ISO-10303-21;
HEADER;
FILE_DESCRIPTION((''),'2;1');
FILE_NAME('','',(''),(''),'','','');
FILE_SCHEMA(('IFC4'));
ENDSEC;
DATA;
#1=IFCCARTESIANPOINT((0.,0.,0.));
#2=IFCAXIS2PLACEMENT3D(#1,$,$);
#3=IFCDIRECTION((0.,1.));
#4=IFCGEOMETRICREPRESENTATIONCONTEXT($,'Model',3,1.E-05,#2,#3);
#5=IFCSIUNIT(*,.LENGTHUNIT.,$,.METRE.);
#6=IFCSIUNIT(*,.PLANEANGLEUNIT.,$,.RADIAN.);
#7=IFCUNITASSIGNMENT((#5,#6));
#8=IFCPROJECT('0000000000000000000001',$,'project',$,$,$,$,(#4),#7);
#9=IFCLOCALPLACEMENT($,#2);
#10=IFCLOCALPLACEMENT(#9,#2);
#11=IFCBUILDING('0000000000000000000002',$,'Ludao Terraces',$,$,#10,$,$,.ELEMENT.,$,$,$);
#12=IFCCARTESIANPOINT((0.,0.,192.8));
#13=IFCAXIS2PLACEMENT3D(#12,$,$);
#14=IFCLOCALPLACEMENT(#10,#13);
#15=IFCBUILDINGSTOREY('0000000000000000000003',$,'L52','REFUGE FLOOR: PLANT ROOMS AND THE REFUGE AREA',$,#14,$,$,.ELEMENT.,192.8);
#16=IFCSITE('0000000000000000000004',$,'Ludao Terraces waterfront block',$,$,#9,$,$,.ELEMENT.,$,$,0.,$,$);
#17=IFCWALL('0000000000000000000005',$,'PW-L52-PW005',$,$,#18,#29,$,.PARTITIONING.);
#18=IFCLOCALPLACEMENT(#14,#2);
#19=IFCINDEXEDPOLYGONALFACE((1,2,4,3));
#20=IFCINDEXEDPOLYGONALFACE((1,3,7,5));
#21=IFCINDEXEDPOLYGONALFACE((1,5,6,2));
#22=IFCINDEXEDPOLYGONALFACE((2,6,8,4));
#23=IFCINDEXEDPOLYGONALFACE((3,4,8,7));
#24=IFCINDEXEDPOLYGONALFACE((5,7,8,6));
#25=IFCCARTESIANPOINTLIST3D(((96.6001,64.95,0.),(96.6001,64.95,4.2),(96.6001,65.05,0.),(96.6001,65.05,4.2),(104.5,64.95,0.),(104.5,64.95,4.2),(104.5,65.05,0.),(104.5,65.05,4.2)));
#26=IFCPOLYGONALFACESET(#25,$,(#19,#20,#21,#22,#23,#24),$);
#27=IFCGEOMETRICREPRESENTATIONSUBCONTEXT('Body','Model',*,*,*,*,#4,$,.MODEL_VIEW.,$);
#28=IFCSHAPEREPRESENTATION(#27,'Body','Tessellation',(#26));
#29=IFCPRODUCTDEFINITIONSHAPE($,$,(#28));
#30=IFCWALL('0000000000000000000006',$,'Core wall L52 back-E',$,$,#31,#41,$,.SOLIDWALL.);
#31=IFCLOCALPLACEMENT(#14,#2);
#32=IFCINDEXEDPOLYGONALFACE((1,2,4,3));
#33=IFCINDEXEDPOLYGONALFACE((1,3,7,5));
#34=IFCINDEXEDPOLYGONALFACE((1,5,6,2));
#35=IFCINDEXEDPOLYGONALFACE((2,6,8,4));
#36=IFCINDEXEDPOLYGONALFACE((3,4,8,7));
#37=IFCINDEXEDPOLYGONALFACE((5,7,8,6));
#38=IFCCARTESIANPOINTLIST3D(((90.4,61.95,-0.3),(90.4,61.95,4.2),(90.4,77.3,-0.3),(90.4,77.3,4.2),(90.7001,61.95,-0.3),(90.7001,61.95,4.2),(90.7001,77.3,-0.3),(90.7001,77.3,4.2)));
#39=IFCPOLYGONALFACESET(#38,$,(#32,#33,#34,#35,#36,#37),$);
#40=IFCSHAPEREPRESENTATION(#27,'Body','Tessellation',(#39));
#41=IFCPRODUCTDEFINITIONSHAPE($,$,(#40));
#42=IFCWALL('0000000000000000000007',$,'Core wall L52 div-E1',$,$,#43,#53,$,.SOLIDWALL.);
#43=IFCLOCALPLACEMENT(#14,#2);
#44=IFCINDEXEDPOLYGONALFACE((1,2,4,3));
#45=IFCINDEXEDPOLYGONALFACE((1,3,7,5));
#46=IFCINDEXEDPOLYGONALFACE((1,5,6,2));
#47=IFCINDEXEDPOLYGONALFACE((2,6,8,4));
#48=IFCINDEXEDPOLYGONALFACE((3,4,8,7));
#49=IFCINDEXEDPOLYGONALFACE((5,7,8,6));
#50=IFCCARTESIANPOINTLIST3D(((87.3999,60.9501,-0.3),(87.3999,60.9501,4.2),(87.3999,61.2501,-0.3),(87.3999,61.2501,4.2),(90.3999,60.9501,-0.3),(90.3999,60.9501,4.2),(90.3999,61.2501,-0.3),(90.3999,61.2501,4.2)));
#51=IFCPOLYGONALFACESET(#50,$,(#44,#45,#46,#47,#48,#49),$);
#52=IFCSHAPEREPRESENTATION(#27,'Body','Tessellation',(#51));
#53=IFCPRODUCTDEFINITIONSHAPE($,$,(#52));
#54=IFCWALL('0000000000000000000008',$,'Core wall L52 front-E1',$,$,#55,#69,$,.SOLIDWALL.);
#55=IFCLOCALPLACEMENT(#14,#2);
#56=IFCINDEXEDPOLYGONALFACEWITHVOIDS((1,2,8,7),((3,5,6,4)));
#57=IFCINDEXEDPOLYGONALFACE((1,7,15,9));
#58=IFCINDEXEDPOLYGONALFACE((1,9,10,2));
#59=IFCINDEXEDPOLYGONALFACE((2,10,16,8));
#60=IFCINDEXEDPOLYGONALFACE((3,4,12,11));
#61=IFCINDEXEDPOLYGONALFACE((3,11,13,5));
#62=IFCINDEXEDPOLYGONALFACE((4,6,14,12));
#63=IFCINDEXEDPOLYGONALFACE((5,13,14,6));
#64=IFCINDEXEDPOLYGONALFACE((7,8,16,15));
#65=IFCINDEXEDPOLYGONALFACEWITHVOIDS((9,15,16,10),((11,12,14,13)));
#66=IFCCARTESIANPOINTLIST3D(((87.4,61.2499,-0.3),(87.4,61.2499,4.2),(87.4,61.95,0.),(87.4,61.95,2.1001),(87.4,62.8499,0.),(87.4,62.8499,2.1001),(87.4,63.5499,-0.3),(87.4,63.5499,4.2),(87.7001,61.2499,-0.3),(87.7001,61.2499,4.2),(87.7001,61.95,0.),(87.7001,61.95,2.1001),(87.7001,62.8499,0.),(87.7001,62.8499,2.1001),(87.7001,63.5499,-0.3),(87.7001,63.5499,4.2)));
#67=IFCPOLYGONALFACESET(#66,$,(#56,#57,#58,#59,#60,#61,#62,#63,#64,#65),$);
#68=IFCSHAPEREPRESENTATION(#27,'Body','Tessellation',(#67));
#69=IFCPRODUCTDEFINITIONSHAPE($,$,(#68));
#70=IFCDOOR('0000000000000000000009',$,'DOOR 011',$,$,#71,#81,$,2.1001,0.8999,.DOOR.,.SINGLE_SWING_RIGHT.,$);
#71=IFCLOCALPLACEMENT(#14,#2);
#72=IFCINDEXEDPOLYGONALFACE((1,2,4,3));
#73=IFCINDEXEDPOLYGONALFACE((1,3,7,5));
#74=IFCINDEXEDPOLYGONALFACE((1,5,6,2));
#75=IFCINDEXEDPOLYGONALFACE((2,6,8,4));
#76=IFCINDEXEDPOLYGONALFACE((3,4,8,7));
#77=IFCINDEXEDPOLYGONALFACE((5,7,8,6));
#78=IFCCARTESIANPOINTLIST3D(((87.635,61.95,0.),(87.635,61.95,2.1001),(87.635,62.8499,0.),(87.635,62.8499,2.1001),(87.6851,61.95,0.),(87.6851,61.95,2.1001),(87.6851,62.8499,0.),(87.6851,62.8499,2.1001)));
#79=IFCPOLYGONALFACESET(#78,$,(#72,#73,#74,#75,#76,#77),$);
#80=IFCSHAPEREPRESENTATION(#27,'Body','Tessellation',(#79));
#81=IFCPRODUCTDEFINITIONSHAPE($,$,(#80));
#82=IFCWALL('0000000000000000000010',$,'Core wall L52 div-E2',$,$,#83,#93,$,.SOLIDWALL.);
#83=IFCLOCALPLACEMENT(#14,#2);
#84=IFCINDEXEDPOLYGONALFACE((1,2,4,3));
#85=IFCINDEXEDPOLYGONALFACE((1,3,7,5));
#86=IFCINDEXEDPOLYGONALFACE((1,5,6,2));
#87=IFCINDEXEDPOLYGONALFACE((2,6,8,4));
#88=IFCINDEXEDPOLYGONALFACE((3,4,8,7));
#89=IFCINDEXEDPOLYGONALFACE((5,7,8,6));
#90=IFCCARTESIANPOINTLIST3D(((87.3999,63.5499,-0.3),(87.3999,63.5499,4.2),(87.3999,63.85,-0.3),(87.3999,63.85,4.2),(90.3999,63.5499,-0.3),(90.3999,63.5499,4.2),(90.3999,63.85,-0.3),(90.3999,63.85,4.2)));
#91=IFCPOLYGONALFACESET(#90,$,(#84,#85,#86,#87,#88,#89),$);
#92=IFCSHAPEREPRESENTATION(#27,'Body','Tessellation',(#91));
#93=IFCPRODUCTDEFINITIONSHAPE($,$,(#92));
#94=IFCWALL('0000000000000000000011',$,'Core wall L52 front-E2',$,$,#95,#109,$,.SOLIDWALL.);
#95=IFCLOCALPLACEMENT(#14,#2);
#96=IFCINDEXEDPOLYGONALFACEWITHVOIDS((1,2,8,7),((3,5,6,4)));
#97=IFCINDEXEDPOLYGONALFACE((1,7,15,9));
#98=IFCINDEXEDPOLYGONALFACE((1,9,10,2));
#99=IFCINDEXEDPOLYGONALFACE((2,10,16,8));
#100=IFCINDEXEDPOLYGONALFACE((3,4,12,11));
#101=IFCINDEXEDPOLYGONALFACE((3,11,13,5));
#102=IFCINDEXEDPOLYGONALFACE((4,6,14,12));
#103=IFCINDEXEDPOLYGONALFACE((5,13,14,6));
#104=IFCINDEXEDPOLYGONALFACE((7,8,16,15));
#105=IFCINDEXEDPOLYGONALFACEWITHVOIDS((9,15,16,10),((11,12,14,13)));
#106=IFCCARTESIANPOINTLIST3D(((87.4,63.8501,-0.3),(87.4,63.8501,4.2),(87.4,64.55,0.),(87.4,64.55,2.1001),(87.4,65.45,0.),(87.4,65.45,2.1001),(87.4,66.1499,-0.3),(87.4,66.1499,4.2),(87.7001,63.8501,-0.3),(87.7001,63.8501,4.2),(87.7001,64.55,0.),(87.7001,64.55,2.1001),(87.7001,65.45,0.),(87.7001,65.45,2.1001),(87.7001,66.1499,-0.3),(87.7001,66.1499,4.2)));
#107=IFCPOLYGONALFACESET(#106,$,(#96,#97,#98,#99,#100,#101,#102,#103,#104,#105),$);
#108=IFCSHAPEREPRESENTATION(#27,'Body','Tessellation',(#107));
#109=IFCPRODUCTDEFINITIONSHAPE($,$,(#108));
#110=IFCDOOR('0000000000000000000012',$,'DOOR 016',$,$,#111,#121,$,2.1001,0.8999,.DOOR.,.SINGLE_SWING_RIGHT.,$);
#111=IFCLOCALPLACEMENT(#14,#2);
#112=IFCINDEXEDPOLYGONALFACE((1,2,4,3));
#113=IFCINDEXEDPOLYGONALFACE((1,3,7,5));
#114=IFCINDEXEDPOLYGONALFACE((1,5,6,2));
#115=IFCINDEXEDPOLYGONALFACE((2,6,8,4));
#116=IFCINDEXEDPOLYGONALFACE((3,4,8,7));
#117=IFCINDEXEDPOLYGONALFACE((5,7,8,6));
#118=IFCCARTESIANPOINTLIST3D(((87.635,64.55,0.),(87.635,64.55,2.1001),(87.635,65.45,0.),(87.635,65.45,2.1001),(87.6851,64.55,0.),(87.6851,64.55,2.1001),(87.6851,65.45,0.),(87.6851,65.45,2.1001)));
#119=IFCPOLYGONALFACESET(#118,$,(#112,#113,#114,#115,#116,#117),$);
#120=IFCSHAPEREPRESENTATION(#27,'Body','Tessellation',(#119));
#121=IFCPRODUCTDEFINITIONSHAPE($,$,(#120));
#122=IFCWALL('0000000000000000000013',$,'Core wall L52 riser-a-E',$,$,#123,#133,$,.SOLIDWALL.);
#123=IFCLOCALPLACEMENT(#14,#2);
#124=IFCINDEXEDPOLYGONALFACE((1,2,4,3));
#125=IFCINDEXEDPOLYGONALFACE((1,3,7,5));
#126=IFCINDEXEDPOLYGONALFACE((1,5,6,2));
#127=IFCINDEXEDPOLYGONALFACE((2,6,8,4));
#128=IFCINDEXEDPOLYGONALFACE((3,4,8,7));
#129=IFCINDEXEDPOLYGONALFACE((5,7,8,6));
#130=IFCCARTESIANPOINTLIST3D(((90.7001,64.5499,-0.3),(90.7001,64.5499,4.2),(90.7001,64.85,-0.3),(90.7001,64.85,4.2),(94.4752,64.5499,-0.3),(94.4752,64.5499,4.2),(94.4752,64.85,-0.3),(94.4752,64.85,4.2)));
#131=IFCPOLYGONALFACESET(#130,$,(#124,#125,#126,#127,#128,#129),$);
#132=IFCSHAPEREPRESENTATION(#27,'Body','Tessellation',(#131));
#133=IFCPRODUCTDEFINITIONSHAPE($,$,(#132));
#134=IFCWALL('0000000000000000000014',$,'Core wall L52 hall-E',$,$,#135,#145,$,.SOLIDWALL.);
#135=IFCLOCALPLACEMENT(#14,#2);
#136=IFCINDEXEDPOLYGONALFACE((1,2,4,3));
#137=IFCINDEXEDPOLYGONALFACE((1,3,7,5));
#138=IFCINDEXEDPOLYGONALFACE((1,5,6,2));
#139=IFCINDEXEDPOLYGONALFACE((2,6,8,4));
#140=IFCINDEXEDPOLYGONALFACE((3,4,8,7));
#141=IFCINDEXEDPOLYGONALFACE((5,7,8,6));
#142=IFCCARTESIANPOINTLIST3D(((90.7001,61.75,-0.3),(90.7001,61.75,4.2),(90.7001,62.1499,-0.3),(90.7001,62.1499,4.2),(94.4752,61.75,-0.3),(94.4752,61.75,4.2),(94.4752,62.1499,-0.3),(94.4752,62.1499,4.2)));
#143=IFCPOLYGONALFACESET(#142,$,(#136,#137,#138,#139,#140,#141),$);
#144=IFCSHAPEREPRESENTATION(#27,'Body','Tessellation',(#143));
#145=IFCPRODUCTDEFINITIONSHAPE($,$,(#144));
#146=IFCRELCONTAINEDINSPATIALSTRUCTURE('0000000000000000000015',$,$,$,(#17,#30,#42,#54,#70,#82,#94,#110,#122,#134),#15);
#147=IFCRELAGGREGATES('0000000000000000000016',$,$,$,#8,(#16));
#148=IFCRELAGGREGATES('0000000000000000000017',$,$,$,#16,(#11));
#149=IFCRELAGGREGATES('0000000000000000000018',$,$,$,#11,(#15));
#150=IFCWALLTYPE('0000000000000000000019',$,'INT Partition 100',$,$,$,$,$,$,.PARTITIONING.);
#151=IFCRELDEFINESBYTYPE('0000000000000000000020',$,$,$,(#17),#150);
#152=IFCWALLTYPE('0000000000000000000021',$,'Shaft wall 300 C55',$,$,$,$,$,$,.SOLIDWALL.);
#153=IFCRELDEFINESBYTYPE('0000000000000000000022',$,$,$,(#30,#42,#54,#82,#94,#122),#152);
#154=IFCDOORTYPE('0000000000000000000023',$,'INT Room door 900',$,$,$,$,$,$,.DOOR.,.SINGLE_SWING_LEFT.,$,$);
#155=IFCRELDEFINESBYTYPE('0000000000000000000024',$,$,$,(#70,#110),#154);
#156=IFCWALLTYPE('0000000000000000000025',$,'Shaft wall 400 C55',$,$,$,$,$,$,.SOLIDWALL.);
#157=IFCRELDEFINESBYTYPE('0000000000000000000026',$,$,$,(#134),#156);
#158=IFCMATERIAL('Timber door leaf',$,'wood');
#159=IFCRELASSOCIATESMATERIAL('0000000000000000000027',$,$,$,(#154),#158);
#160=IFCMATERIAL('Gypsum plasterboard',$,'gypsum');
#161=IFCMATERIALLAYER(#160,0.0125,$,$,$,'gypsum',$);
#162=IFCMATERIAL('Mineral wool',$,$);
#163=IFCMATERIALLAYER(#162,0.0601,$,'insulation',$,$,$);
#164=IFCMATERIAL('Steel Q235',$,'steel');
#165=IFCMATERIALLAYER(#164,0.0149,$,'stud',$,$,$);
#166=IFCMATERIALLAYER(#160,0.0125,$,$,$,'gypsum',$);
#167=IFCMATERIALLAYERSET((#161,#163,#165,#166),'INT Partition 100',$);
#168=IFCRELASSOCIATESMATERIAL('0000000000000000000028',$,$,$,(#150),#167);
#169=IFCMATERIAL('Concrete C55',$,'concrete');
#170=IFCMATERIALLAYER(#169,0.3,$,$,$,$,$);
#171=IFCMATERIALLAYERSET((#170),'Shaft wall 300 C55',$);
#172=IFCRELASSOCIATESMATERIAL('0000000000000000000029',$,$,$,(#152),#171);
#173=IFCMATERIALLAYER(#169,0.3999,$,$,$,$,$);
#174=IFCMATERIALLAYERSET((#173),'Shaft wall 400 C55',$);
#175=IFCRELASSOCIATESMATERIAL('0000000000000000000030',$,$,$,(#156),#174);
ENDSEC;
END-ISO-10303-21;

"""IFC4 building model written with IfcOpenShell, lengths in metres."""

from ifc_helpers import new_model, si_unit, direction, frame, frame_2d, origin, place, context, subcontext, project, spatial, rectangle, extrude, material, layer, layer_set, type_object, element, fill, save


model = new_model("IFC4")

# Units and contexts
model_context = context("Model", 3, precision=1e-05, world=origin(), true_north=direction((0.0, 1.0)))
body_context = subcontext(model_context, "Body", "Model", "MODEL_VIEW")
ifc_project = project(units=[si_unit("LENGTHUNIT", "METRE"), si_unit("PLANEANGLEUNIT", "RADIAN")], contexts=[model_context])

# Site, building, storey
site_placement = place(None, origin())
site = spatial("IfcSite", under=ifc_project, at=site_placement, Name="Ludao Terraces waterfront block", CompositionType="ELEMENT", RefElevation=0.0)
building_placement = place(site_placement, origin())
building = spatial("IfcBuilding", under=site, at=building_placement, Name="Ludao Terraces", CompositionType="ELEMENT")
storey_placement = place(building_placement, frame((0.0, 0.0, 192.8)))
storey = spatial("IfcBuildingStorey", under=building, at=storey_placement, Name="L52", Description="REFUGE FLOOR: PLANT ROOMS AND THE REFUGE AREA", CompositionType="ELEMENT", Elevation=192.8)

# Shared definitions
ifc_material_1 = material(Name="Steel Q235", Category="steel")
ifc_material_2 = material(Name="Timber door leaf", Category="wood")
door_type_1 = type_object("IfcDoorType", Name="INT Room door 900", OperationType="SINGLE_SWING_LEFT", PredefinedType="DOOR", material=ifc_material_2)

# Walls
ifc_material_3 = material(Name="Gypsum plasterboard", Category="gypsum")
ifc_layer_1 = layer(ifc_material_3, 0.0125, Category="gypsum")
ifc_material_4 = material(Name="Mineral wool")
ifc_layer_2 = layer(ifc_material_4, 0.0601, Name="insulation")
ifc_layer_3 = layer(ifc_material_1, 0.0149, Name="stud")
ifc_layer_4 = layer(ifc_material_3, 0.0125, Category="gypsum")
ifc_layer_set_1 = layer_set([ifc_layer_1, ifc_layer_2, ifc_layer_3, ifc_layer_4], Name="INT Partition 100")
wall_type_1 = type_object("IfcWallType", Name="INT Partition 100", PredefinedType="PARTITIONING", material=ifc_layer_set_1)
for number, where, z_axis, x_axis, name in (
    (1, (96.6001, 65.0, 0.0), (0.0, 0.0, 1.0), (1.0, 0.0, 0.0), "PW-L52-PW005"),
):
    element("IfcWall", number, at=place(storey_placement, frame(where, z_axis=z_axis, x_axis=x_axis)), inside=storey, type_object=wall_type_1, Name=name, PredefinedType="PARTITIONING", context=body_context, shape_type="SweptSolid", body=[
        extrude(rectangle(XDim=7.8999, YDim=0.1001, at=frame_2d((3.95, 0.0))), origin(), (0.0, 0.0, 1.0), 4.2),
    ])
ifc_material_5 = material(Name="Concrete C55", Category="concrete")
ifc_layer_5 = layer(ifc_material_5, 0.3)
ifc_layer_set_2 = layer_set([ifc_layer_5], Name="Shaft wall 300 C55")
wall_type_2 = type_object("IfcWallType", Name="Shaft wall 300 C55", PredefinedType="SOLIDWALL", material=ifc_layer_set_2)
wall_1_placement = place(storey_placement, frame((90.55, 61.95, -0.3), z_axis=(0.0, 0.0, 1.0), x_axis=(0.0, 1.0, 0.0)))
element("IfcWall", 2, at=wall_1_placement, inside=storey, type_object=wall_type_2, Name="Core wall L52 back-E", PredefinedType="SOLIDWALL", context=body_context, shape_type="SweptSolid", body=[
    extrude(rectangle(XDim=15.3501, YDim=0.3, at=frame_2d((7.675, 0.0))), origin(), (0.0, 0.0, 1.0), 4.5),
])
wall_2_placement = place(storey_placement, frame((87.3999, 61.1001, -0.3), z_axis=(0.0, 0.0, 1.0), x_axis=(1.0, 0.0, 0.0)))
element("IfcWall", 3, at=wall_2_placement, inside=storey, type_object=wall_type_2, Name="Core wall L52 div-E1", PredefinedType="SOLIDWALL", context=body_context, shape_type="SweptSolid", body=[
    extrude(rectangle(XDim=3.0, YDim=0.3, at=frame_2d((1.5, 0.0))), origin(), (0.0, 0.0, 1.0), 4.5),
])

# Wall, opening, door
wall_3_placement = place(storey_placement, frame((87.55, 61.25, -0.3), z_axis=(0.0, 0.0, 1.0), x_axis=(0.0, 1.0, 0.0)))
wall_3 = element("IfcWall", 4, at=wall_3_placement, inside=storey, type_object=wall_type_2, Name="Core wall L52 front-E1", PredefinedType="SOLIDWALL", context=body_context, shape_type="SweptSolid", body=[
    extrude(rectangle(XDim=2.3, YDim=0.3, at=frame_2d((1.1499, 0.0))), origin(), (0.0, 0.0, 1.0), 4.5),
])
opening_1_placement = place(wall_3_placement, frame((0.7, 0.0, 0.3)))
opening_1 = element("IfcOpeningElement", 5, at=opening_1_placement, cuts=wall_3, PredefinedType="OPENING", context=body_context, shape_type="SweptSolid", body=[
    extrude(rectangle(XDim=0.8999, YDim=2.1001, at=frame_2d((0.45, 1.05))), frame((0.0, 0.1602, 0.0), z_axis=(0.0, -1.0, 0.0), x_axis=(1.0, 0.0, 0.0)), (0.0, 0.0, 1.0), 0.3201),
])
door_1_placement = place(opening_1_placement, origin())
door_1 = element("IfcDoor", 6, at=door_1_placement, inside=storey, type_object=door_type_1, Name="DOOR 011", OperationType="SINGLE_SWING_RIGHT", OverallHeight=2.1001, OverallWidth=0.8999, PredefinedType="DOOR", context=body_context, shape_type="SweptSolid", body=[
    extrude(rectangle(XDim=0.8999, YDim=2.1001, at=frame_2d((0.45, 1.05))), frame((0.0, -0.085, 0.0), z_axis=(0.0, -1.0, 0.0), x_axis=(1.0, 0.0, 0.0)), (0.0, 0.0, 1.0), 0.05),
])
fill(opening_1, door_1)

# Wall
wall_4_placement = place(storey_placement, frame((87.3999, 63.7, -0.3), z_axis=(0.0, 0.0, 1.0), x_axis=(1.0, 0.0, 0.0)))
element("IfcWall", 7, at=wall_4_placement, inside=storey, type_object=wall_type_2, Name="Core wall L52 div-E2", PredefinedType="SOLIDWALL", context=body_context, shape_type="SweptSolid", body=[
    extrude(rectangle(XDim=3.0, YDim=0.3, at=frame_2d((1.5, 0.0))), origin(), (0.0, 0.0, 1.0), 4.5),
])

# Wall, opening, door
wall_5_placement = place(storey_placement, frame((87.55, 63.8501, -0.3), z_axis=(0.0, 0.0, 1.0), x_axis=(0.0, 1.0, 0.0)))
wall_5 = element("IfcWall", 8, at=wall_5_placement, inside=storey, type_object=wall_type_2, Name="Core wall L52 front-E2", PredefinedType="SOLIDWALL", context=body_context, shape_type="SweptSolid", body=[
    extrude(rectangle(XDim=2.2998, YDim=0.3, at=frame_2d((1.1499, 0.0))), origin(), (0.0, 0.0, 1.0), 4.5),
])
opening_2_placement = place(wall_5_placement, frame((0.7, 0.0, 0.3)))
opening_2 = element("IfcOpeningElement", 9, at=opening_2_placement, cuts=wall_5, PredefinedType="OPENING", context=body_context, shape_type="SweptSolid", body=[
    extrude(rectangle(XDim=0.8999, YDim=2.1001, at=frame_2d((0.45, 1.05))), frame((0.0, 0.1602, 0.0), z_axis=(0.0, -1.0, 0.0), x_axis=(1.0, 0.0, 0.0)), (0.0, 0.0, 1.0), 0.3201),
])
door_2_placement = place(opening_2_placement, origin())
door_2 = element("IfcDoor", 10, at=door_2_placement, inside=storey, type_object=door_type_1, Name="DOOR 016", OperationType="SINGLE_SWING_RIGHT", OverallHeight=2.1001, OverallWidth=0.8999, PredefinedType="DOOR", context=body_context, shape_type="SweptSolid", body=[
    extrude(rectangle(XDim=0.8999, YDim=2.1001, at=frame_2d((0.45, 1.05))), frame((0.0, -0.085, 0.0), z_axis=(0.0, -1.0, 0.0), x_axis=(1.0, 0.0, 0.0)), (0.0, 0.0, 1.0), 0.05),
])
fill(opening_2, door_2)

# Walls
wall_6_placement = place(storey_placement, frame((90.7, 64.7, -0.3), z_axis=(0.0, 0.0, 1.0), x_axis=(1.0, 0.0, 0.0)))
element("IfcWall", 11, at=wall_6_placement, inside=storey, type_object=wall_type_2, Name="Core wall L52 riser-a-E", PredefinedType="SOLIDWALL", context=body_context, shape_type="SweptSolid", body=[
    extrude(rectangle(XDim=3.7751, YDim=0.3, at=frame_2d((1.8877, 0.0))), origin(), (0.0, 0.0, 1.0), 4.5),
])
ifc_layer_6 = layer(ifc_material_5, 0.3999)
ifc_layer_set_3 = layer_set([ifc_layer_6], Name="Shaft wall 400 C55")
wall_type_3 = type_object("IfcWallType", Name="Shaft wall 400 C55", PredefinedType="SOLIDWALL", material=ifc_layer_set_3)
wall_7_placement = place(storey_placement, frame((90.7, 61.95, -0.3), z_axis=(0.0, 0.0, 1.0), x_axis=(1.0, 0.0, 0.0)))
element("IfcWall", 12, at=wall_7_placement, inside=storey, type_object=wall_type_3, Name="Core wall L52 hall-E", PredefinedType="SOLIDWALL", context=body_context, shape_type="SweptSolid", body=[
    extrude(rectangle(XDim=3.7751, YDim=0.3999, at=frame_2d((1.8877, 0.0))), origin(), (0.0, 0.0, 1.0), 4.5),
])

save(model, "model.ifc")
